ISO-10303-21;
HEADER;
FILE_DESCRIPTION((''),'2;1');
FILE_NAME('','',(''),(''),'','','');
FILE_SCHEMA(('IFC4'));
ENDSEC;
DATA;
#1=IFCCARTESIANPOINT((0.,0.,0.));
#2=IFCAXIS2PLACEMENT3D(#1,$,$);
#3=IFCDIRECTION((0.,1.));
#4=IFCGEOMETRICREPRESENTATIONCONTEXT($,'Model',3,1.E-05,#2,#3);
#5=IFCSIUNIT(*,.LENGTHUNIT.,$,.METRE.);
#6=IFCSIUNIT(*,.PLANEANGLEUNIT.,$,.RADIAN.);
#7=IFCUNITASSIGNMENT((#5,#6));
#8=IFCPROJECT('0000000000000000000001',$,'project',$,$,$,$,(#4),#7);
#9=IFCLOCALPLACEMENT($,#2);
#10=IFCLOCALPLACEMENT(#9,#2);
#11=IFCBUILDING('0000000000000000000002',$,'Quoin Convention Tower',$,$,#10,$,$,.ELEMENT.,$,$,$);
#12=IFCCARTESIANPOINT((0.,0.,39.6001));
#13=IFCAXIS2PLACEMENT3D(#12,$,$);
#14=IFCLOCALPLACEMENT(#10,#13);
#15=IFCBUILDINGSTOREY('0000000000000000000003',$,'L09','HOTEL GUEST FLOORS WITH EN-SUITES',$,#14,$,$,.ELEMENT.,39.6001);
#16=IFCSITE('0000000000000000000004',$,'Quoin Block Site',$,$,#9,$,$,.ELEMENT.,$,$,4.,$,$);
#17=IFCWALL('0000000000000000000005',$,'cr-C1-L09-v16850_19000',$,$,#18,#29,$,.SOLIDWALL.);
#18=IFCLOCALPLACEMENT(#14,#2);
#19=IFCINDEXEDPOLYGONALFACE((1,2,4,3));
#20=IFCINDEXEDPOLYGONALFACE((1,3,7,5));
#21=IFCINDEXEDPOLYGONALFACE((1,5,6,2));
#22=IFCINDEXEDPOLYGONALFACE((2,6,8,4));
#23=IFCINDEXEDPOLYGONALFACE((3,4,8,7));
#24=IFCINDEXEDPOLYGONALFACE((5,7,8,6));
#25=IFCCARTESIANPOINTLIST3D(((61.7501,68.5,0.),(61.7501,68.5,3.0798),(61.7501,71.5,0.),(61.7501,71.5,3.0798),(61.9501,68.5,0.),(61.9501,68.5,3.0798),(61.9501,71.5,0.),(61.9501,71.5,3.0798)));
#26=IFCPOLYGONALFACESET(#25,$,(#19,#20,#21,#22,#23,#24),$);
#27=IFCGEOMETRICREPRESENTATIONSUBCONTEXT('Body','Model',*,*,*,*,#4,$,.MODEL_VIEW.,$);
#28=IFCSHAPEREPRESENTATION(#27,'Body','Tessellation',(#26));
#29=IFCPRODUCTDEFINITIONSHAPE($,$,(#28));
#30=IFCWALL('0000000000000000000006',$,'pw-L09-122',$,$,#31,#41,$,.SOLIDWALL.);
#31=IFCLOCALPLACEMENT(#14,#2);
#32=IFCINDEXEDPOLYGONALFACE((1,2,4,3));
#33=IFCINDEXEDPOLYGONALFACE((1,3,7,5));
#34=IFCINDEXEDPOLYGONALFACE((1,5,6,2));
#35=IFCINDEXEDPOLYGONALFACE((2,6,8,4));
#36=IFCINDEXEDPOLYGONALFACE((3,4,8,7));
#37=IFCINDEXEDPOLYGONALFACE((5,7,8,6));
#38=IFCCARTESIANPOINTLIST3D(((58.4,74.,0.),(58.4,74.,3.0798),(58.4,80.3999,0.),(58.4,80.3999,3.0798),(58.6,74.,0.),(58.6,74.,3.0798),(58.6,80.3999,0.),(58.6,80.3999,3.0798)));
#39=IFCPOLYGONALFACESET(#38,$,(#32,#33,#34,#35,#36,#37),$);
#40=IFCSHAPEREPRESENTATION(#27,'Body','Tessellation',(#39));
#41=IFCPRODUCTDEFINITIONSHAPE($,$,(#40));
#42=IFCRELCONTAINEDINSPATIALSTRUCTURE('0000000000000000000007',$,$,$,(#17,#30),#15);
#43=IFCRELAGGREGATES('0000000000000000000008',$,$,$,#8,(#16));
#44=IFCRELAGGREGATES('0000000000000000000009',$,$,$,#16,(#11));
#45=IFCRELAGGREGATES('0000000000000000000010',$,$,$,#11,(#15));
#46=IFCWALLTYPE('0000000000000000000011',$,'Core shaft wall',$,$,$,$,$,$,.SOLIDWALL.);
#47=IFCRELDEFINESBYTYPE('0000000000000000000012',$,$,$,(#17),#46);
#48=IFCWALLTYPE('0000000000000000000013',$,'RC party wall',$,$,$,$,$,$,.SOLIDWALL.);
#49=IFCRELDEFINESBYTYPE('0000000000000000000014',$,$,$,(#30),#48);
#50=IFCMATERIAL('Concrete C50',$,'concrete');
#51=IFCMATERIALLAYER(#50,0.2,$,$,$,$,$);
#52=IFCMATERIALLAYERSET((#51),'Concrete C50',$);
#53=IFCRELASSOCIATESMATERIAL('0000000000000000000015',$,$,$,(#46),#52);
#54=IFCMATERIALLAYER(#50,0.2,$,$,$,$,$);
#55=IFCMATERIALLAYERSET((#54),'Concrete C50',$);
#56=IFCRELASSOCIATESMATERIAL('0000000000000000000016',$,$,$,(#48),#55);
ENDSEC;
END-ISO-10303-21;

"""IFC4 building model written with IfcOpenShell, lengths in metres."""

from ifc_helpers import new_model, si_unit, direction, frame, frame_2d, origin, place, context, subcontext, project, spatial, rectangle, extrude, material, layer, layer_set, type_object, element, save


model = new_model("IFC4")

# Units and contexts
model_context = context("Model", 3, precision=1e-05, world=origin(), true_north=direction((0.0, 1.0)))
body_context = subcontext(model_context, "Body", "Model", "MODEL_VIEW")
ifc_project = project(units=[si_unit("LENGTHUNIT", "METRE"), si_unit("PLANEANGLEUNIT", "RADIAN")], contexts=[model_context])

# Site, building, storey
site_placement = place(None, origin())
site = spatial("IfcSite", under=ifc_project, at=site_placement, Name="Quoin Block Site", CompositionType="ELEMENT", RefElevation=4.0)
building_placement = place(site_placement, origin())
building = spatial("IfcBuilding", under=site, at=building_placement, Name="Quoin Convention Tower", CompositionType="ELEMENT")
storey_placement = place(building_placement, frame((0.0, 0.0, 39.6001)))
storey = spatial("IfcBuildingStorey", under=building, at=storey_placement, Name="L09", Description="HOTEL GUEST FLOORS WITH EN-SUITES", CompositionType="ELEMENT", Elevation=39.6001)

# Walls
ifc_material_1 = material(Name="Concrete C50", Category="concrete")
ifc_layer_1 = layer(ifc_material_1, 0.2)
ifc_layer_set_1 = layer_set([ifc_layer_1], Name="Concrete C50")
wall_type_1 = type_object("IfcWallType", Name="Core shaft wall", PredefinedType="SOLIDWALL", material=ifc_layer_set_1)
for number, where, z_axis, x_axis, name in (
    (1, (61.8501, 68.5, 0.0), (0.0, 0.0, 1.0), (0.0, 1.0, 0.0), "cr-C1-L09-v16850_19000"),
):
    element("IfcWall", number, at=place(storey_placement, frame(where, z_axis=z_axis, x_axis=x_axis)), inside=storey, type_object=wall_type_1, Name=name, PredefinedType="SOLIDWALL", context=body_context, shape_type="SweptSolid", body=[
        extrude(rectangle(XDim=3.0, YDim=0.2, at=frame_2d((1.5, 0.0))), origin(), (0.0, 0.0, 1.0), 3.0798),
    ])
ifc_layer_2 = layer(ifc_material_1, 0.2)
ifc_layer_set_2 = layer_set([ifc_layer_2], Name="Concrete C50")
wall_type_2 = type_object("IfcWallType", Name="RC party wall", PredefinedType="SOLIDWALL", material=ifc_layer_set_2)
wall_1_placement = place(storey_placement, frame((58.5, 74.0, 0.0), z_axis=(0.0, 0.0, 1.0), x_axis=(0.0, 1.0, 0.0)))
element("IfcWall", 2, at=wall_1_placement, inside=storey, type_object=wall_type_2, Name="pw-L09-122", PredefinedType="SOLIDWALL", context=body_context, shape_type="SweptSolid", body=[
    extrude(rectangle(XDim=6.3999, YDim=0.2, at=frame_2d((3.2, 0.0))), origin(), (0.0, 0.0, 1.0), 3.0798),
])

save(model, "model.ifc")
